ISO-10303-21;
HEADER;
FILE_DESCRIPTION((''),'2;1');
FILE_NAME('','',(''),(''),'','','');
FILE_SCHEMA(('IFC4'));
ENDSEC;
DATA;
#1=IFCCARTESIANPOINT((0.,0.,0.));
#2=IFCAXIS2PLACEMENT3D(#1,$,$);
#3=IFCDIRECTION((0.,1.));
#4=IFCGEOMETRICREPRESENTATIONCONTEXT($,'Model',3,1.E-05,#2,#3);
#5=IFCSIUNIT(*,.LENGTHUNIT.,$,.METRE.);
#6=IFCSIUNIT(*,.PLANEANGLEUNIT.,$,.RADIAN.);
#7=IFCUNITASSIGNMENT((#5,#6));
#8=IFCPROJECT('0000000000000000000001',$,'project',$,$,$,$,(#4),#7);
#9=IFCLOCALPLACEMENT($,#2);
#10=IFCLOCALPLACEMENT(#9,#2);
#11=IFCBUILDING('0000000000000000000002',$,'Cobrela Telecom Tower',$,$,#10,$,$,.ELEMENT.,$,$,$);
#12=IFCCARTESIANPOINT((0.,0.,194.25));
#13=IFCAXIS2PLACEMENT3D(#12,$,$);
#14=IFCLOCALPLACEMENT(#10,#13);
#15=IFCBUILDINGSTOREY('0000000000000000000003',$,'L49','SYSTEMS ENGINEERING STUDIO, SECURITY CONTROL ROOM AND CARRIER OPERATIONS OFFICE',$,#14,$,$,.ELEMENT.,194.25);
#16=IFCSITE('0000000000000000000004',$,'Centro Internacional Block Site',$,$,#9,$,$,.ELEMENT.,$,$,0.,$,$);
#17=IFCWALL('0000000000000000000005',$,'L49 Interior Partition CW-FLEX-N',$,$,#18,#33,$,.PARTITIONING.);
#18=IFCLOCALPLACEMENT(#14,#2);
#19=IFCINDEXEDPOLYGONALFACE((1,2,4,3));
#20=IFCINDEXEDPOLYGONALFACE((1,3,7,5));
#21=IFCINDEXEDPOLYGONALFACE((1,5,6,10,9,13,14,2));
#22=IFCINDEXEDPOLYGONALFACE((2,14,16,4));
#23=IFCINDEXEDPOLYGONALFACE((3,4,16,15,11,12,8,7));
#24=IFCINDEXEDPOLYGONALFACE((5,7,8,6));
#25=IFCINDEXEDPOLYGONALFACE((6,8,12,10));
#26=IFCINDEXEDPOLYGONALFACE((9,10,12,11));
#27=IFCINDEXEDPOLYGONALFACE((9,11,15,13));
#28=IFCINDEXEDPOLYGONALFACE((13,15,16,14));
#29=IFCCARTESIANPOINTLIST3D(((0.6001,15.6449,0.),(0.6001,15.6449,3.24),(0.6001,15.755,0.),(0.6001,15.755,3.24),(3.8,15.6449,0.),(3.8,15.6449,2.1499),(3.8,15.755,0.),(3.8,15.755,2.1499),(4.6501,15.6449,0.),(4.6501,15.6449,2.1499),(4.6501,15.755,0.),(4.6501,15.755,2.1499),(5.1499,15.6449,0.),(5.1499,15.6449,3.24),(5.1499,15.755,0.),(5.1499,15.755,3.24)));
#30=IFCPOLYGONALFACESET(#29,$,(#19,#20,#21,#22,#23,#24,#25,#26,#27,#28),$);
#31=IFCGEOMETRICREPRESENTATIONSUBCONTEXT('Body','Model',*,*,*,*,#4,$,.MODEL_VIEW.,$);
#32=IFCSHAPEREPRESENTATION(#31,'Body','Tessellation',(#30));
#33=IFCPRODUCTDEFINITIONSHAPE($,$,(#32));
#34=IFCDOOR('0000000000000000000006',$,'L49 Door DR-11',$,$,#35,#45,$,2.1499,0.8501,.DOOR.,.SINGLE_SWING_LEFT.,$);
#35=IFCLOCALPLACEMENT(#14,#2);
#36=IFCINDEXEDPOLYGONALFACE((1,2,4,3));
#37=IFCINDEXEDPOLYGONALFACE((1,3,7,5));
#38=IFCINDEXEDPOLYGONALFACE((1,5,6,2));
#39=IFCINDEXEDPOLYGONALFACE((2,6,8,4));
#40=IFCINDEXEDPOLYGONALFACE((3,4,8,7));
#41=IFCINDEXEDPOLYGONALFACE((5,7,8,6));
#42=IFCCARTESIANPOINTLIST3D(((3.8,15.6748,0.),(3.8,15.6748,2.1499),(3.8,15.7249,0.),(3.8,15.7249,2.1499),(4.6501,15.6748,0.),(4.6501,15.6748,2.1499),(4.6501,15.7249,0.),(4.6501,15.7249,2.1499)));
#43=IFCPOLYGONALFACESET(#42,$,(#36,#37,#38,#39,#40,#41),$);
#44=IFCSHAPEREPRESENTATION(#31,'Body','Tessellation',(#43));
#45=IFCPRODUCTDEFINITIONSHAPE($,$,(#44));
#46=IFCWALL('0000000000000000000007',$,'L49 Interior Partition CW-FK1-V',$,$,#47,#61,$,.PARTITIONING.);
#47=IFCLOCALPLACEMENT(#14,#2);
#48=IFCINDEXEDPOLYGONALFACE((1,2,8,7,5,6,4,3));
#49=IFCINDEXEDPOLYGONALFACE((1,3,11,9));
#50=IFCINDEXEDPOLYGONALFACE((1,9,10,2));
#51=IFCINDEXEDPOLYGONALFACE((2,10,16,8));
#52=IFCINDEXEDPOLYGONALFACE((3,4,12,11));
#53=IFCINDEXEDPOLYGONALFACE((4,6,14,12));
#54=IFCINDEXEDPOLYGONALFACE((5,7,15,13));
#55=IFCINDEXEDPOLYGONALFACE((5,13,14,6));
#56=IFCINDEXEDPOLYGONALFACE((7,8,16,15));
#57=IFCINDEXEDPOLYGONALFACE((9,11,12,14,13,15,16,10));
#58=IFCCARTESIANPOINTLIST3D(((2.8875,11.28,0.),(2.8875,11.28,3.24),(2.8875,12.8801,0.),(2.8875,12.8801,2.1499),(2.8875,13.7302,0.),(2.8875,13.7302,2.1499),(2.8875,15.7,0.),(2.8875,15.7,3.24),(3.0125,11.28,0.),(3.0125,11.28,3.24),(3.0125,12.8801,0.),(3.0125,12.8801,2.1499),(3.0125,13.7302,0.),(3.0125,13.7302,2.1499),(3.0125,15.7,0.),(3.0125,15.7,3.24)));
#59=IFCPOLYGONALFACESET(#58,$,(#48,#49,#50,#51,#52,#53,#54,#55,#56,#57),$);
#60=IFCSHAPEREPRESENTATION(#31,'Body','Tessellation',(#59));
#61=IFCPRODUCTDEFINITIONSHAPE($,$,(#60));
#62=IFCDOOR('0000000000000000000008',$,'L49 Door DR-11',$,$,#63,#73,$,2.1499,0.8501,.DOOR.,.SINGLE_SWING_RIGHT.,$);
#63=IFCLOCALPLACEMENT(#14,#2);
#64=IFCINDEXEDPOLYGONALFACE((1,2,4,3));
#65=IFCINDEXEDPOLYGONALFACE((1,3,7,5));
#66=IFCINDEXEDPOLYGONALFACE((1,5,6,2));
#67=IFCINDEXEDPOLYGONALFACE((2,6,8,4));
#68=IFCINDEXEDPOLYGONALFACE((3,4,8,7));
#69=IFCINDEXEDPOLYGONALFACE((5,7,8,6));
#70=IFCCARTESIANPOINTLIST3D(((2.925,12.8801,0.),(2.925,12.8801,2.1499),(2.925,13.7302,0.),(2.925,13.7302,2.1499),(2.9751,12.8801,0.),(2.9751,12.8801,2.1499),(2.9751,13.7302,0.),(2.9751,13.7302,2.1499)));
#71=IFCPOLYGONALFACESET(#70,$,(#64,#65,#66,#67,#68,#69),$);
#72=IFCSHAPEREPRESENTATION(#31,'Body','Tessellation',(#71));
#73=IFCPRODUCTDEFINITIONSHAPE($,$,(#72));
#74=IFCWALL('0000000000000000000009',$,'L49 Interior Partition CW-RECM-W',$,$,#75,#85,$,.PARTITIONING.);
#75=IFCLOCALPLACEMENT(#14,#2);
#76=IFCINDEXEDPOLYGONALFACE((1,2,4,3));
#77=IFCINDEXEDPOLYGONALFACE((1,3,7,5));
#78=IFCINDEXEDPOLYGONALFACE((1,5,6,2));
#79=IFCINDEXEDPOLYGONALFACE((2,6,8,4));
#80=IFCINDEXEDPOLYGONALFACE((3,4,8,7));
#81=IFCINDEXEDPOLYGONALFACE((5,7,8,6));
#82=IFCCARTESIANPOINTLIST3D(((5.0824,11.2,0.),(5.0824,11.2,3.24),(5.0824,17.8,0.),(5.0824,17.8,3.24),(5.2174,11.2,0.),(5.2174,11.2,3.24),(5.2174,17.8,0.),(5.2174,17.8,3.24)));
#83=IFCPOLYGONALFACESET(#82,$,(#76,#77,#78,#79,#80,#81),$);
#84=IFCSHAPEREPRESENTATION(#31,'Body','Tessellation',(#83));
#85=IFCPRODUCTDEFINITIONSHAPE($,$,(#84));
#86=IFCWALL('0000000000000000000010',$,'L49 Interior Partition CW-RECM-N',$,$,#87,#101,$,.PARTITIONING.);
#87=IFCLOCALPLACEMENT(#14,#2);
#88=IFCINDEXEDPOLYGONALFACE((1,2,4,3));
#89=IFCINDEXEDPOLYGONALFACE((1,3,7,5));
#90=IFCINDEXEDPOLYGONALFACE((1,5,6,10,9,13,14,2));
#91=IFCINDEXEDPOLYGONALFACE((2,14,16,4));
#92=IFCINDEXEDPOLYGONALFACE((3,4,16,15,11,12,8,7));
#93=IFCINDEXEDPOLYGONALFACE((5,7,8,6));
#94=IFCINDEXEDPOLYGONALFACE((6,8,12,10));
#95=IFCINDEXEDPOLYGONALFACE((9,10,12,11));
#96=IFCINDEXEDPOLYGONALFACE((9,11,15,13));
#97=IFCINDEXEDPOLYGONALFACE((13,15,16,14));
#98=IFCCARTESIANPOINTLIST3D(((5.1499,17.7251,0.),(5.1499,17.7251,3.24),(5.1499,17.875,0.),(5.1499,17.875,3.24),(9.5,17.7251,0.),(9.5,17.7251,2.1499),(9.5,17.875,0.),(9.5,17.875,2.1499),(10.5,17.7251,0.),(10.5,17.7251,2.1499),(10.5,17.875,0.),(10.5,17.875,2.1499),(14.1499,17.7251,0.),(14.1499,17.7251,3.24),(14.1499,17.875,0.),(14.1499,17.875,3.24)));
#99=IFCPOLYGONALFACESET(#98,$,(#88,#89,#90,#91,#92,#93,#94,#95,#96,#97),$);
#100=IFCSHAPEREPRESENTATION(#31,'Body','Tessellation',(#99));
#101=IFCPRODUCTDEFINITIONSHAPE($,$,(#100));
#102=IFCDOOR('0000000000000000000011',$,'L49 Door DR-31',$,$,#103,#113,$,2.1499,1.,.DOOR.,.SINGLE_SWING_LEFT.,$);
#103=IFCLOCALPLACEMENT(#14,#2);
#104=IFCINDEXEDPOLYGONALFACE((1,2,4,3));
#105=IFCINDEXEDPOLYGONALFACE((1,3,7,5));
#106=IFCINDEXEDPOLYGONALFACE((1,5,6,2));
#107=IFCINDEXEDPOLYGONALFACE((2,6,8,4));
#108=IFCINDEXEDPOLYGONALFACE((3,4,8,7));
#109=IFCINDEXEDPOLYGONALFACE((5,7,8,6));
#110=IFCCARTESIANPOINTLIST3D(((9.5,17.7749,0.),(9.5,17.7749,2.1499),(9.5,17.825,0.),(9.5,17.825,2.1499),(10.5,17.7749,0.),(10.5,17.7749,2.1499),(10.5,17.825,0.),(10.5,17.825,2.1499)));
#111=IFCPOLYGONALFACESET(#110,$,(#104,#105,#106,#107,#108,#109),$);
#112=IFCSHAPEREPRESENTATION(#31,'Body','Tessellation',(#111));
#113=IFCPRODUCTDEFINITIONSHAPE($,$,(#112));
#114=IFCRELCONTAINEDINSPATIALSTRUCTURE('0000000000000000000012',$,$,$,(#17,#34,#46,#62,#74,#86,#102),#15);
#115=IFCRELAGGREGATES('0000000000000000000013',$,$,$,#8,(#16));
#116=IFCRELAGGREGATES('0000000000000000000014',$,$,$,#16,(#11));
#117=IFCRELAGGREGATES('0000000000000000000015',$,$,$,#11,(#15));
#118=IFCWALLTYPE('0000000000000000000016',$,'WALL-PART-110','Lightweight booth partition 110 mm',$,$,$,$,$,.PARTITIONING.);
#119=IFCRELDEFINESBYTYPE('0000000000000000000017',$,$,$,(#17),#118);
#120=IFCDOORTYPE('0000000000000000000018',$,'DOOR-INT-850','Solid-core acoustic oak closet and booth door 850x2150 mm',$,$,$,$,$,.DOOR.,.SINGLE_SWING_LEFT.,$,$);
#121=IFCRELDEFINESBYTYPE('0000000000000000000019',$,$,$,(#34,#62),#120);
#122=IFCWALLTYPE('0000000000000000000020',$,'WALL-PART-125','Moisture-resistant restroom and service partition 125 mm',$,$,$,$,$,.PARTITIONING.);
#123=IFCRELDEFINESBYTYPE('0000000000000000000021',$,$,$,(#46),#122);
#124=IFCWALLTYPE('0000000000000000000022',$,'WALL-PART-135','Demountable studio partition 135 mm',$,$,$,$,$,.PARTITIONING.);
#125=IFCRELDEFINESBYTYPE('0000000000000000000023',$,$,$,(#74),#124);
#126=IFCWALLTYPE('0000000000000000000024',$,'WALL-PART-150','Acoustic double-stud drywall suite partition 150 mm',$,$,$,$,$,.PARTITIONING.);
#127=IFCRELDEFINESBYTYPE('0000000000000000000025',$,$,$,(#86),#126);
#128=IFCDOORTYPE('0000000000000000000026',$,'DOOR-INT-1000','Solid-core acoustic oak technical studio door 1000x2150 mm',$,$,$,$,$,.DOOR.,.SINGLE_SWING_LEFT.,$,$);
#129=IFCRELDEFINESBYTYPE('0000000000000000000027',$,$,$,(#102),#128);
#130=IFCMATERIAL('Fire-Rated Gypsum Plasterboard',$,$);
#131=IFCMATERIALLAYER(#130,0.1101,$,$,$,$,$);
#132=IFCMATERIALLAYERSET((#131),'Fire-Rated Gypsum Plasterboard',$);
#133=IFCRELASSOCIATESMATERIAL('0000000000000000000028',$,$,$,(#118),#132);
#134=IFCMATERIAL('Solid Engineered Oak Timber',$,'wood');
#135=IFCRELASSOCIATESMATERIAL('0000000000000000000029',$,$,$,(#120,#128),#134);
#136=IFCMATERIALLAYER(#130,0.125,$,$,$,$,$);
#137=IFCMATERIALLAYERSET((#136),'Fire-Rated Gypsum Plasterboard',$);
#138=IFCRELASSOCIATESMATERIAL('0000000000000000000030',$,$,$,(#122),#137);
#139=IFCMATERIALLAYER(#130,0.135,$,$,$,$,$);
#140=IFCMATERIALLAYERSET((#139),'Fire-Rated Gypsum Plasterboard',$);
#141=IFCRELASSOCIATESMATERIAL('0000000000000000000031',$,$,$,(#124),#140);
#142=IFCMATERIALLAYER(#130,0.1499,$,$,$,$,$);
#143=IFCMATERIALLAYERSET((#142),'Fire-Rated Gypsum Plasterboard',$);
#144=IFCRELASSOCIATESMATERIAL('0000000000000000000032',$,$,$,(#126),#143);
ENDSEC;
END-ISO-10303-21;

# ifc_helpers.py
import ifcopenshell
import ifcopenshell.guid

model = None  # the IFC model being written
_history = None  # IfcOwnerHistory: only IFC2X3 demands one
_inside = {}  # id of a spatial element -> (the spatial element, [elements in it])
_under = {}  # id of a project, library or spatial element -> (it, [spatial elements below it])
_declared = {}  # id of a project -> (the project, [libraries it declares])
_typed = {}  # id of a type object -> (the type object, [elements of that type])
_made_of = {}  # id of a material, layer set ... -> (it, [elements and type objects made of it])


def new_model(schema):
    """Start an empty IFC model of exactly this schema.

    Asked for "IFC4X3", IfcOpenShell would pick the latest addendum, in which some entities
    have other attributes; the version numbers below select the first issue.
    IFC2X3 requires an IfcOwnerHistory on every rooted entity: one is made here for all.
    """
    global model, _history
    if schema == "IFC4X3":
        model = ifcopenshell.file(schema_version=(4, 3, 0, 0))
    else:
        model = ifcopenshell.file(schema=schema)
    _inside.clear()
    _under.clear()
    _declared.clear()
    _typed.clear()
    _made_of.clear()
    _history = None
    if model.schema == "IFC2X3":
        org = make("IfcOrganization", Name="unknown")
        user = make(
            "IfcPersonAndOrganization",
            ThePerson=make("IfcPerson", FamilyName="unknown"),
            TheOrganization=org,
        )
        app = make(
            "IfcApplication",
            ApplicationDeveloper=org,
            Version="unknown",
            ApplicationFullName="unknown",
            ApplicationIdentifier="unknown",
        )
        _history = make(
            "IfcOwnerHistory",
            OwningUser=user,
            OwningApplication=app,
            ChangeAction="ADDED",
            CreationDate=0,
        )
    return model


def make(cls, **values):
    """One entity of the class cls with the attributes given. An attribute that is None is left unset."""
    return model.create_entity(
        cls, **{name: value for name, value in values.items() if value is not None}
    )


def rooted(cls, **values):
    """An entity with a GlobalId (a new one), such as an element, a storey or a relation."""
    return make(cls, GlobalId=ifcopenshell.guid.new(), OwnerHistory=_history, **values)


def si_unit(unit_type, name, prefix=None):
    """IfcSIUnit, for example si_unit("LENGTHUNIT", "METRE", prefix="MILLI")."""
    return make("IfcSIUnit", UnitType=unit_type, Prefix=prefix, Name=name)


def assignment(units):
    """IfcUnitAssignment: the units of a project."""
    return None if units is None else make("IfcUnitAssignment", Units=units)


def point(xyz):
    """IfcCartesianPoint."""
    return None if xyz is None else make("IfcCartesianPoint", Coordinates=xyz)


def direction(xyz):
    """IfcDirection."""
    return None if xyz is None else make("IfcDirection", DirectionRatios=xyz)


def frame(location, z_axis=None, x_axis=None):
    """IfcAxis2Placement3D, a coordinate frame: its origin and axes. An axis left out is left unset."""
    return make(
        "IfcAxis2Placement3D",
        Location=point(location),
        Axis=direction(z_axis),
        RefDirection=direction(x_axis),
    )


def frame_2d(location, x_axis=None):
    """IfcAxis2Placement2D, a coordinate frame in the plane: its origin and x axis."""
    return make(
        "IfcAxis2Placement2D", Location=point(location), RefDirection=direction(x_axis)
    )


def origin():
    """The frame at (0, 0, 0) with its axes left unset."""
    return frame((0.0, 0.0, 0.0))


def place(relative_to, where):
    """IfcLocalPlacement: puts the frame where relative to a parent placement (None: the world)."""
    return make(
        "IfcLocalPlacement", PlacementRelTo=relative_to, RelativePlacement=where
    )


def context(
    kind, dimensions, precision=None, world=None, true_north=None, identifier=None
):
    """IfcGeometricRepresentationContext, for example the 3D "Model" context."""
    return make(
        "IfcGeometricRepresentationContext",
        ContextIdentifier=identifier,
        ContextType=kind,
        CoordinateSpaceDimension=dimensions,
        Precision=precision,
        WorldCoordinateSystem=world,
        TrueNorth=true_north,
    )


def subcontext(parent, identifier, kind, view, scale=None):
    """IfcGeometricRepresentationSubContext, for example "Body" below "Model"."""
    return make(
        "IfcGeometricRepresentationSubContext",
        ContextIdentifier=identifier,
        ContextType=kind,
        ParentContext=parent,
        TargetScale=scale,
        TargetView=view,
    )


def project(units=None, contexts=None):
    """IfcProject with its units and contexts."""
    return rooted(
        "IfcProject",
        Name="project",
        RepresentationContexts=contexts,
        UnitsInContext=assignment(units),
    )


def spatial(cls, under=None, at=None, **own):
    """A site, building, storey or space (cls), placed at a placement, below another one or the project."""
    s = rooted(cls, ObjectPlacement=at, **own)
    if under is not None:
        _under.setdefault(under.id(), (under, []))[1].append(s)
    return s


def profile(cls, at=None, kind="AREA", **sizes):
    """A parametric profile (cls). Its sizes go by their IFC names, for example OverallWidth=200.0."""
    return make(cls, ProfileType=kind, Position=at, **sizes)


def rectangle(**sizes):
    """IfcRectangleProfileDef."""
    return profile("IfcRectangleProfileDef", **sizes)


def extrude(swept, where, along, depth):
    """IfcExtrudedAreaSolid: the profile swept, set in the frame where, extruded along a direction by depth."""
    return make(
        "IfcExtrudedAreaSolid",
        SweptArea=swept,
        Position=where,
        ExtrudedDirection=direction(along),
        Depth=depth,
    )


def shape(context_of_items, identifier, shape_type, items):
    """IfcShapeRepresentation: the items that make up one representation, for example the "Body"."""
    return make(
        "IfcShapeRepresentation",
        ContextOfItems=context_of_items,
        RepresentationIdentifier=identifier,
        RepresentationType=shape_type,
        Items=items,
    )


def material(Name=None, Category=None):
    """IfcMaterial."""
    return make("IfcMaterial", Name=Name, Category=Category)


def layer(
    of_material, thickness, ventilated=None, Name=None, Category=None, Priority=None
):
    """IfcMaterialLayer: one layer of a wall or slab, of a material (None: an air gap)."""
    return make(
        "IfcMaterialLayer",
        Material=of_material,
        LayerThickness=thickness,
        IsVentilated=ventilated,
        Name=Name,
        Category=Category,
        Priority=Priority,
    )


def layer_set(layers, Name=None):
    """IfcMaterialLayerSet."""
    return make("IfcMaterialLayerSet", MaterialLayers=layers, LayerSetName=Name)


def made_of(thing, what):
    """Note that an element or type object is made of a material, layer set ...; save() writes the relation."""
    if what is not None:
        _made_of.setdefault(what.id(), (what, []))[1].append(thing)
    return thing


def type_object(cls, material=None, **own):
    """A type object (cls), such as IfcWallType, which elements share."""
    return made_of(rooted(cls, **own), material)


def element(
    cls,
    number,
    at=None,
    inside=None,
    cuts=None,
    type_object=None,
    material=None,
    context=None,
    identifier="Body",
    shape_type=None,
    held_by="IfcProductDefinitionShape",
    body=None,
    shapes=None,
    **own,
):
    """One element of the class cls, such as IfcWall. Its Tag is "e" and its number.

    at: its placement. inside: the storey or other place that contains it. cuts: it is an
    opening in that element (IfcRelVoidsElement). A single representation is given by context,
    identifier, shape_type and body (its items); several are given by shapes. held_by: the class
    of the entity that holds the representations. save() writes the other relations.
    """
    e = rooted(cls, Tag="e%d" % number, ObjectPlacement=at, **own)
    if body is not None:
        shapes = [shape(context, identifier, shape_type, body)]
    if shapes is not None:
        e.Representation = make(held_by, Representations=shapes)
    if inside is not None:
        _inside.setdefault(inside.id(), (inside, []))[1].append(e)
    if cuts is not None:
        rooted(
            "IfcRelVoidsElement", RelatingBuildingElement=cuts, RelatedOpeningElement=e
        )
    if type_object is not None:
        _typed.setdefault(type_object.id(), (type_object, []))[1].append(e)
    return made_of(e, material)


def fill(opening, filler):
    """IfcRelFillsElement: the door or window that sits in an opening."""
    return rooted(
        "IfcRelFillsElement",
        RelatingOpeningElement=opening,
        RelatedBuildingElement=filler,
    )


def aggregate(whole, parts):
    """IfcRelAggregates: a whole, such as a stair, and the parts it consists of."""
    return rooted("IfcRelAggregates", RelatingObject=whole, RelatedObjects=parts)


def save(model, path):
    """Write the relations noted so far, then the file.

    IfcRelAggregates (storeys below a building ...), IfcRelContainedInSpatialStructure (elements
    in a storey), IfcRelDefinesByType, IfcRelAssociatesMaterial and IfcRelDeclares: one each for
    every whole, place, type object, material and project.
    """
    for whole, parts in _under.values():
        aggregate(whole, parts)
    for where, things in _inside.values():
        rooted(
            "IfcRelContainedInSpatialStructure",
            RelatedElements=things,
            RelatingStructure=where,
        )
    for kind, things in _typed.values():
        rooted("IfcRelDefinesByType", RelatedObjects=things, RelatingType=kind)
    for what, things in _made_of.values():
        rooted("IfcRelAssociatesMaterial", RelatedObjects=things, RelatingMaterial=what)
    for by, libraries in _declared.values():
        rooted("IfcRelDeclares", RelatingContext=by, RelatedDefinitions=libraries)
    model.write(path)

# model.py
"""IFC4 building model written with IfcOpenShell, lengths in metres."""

from ifc_helpers import new_model, si_unit, direction, frame, frame_2d, origin, place, context, subcontext, project, spatial, rectangle, extrude, material, layer, layer_set, type_object, element, fill, save


model = new_model("IFC4")

# Units and contexts
model_context = context("Model", 3, precision=1e-05, world=origin(), true_north=direction((0.0, 1.0)))
body_context = subcontext(model_context, "Body", "Model", "MODEL_VIEW")
ifc_project = project(units=[si_unit("LENGTHUNIT", "METRE"), si_unit("PLANEANGLEUNIT", "RADIAN")], contexts=[model_context])

# Site, building, storey
site_placement = place(None, origin())
site = spatial("IfcSite", under=ifc_project, at=site_placement, Name="Centro Internacional Block Site", CompositionType="ELEMENT", RefElevation=0.0)
building_placement = place(site_placement, origin())
building = spatial("IfcBuilding", under=site, at=building_placement, Name="Cobrela Telecom Tower", CompositionType="ELEMENT")
storey_placement = place(building_placement, frame((0.0, 0.0, 194.25)))
storey = spatial("IfcBuildingStorey", under=building, at=storey_placement, Name="L49", Description="SYSTEMS ENGINEERING STUDIO, SECURITY CONTROL ROOM AND CARRIER OPERATIONS OFFICE", CompositionType="ELEMENT", Elevation=194.25)

# Walls, openings, doors
ifc_material_1 = material(Name="Fire-Rated Gypsum Plasterboard")
ifc_layer_1 = layer(ifc_material_1, 0.1101)
ifc_layer_set_1 = layer_set([ifc_layer_1], Name="Fire-Rated Gypsum Plasterboard")
wall_type_1 = type_object("IfcWallType", Name="WALL-PART-110", Description="Lightweight booth partition 110 mm", PredefinedType="PARTITIONING", material=ifc_layer_set_1)
wall_1_placement = place(storey_placement, frame((0.6001, 15.7, 0.0), z_axis=(0.0, 0.0, 1.0), x_axis=(1.0, 0.0, 0.0)))
wall_1 = element("IfcWall", 1, at=wall_1_placement, inside=storey, type_object=wall_type_1, Name="L49 Interior Partition CW-FLEX-N", PredefinedType="PARTITIONING", context=body_context, shape_type="SweptSolid", body=[
    extrude(rectangle(XDim=4.5498, YDim=0.1101, at=frame_2d((2.2749, 0.0))), origin(), (0.0, 0.0, 1.0), 3.24),
])
opening_1_placement = place(wall_1_placement, frame((3.2, 0.0, 0.0)))
opening_1 = element("IfcOpeningElement", 2, at=opening_1_placement, cuts=wall_1, PredefinedType="OPENING", context=body_context, shape_type="SweptSolid", body=[
    extrude(rectangle(XDim=0.8501, YDim=2.1499, at=frame_2d((0.425, 1.075))), frame((0.0, 0.0669, 0.0), z_axis=(0.0, -1.0, 0.0), x_axis=(1.0, 0.0, 0.0)), (0.0, 0.0, 1.0), 0.134),
])
ifc_material_2 = material(Name="Solid Engineered Oak Timber", Category="wood")
door_type_1 = type_object("IfcDoorType", Name="DOOR-INT-850", Description="Solid-core acoustic oak closet and booth door 850x2150 mm", OperationType="SINGLE_SWING_LEFT", PredefinedType="DOOR", material=ifc_material_2)
door_1_placement = place(opening_1_placement, origin())
door_1 = element("IfcDoor", 3, at=door_1_placement, inside=storey, type_object=door_type_1, Name="L49 Door DR-11", OperationType="SINGLE_SWING_LEFT", OverallHeight=2.1499, OverallWidth=0.8501, PredefinedType="DOOR", context=body_context, shape_type="SweptSolid", body=[
    extrude(rectangle(XDim=0.8501, YDim=2.1499, at=frame_2d((0.425, 1.075))), frame((0.0, 0.0249, 0.0), z_axis=(0.0, -1.0, 0.0), x_axis=(1.0, 0.0, 0.0)), (0.0, 0.0, 1.0), 0.05),
])
fill(opening_1, door_1)
ifc_layer_2 = layer(ifc_material_1, 0.125)
ifc_layer_set_2 = layer_set([ifc_layer_2], Name="Fire-Rated Gypsum Plasterboard")
wall_type_2 = type_object("IfcWallType", Name="WALL-PART-125", Description="Moisture-resistant restroom and service partition 125 mm", PredefinedType="PARTITIONING", material=ifc_layer_set_2)
wall_2_placement = place(storey_placement, frame((2.95, 11.28, 0.0), z_axis=(0.0, 0.0, 1.0), x_axis=(0.0, 1.0, 0.0)))
wall_2 = element("IfcWall", 4, at=wall_2_placement, inside=storey, type_object=wall_type_2, Name="L49 Interior Partition CW-FK1-V", PredefinedType="PARTITIONING", context=body_context, shape_type="SweptSolid", body=[
    extrude(rectangle(XDim=4.4199, YDim=0.125, at=frame_2d((2.21, 0.0))), origin(), (0.0, 0.0, 1.0), 3.24),
])
opening_2_placement = place(wall_2_placement, frame((1.6001, 0.0, 0.0)))
opening_2 = element("IfcOpeningElement", 5, at=opening_2_placement, cuts=wall_2, PredefinedType="OPENING", context=body_context, shape_type="SweptSolid", body=[
    extrude(rectangle(XDim=0.8501, YDim=2.1499, at=frame_2d((0.425, 1.075))), frame((0.0, 0.0745, 0.0), z_axis=(0.0, -1.0, 0.0), x_axis=(1.0, 0.0, 0.0)), (0.0, 0.0, 1.0), 0.1489),
])
door_2_placement = place(opening_2_placement, origin())
door_2 = element("IfcDoor", 6, at=door_2_placement, inside=storey, type_object=door_type_1, Name="L49 Door DR-11", OperationType="SINGLE_SWING_RIGHT", OverallHeight=2.1499, OverallWidth=0.8501, PredefinedType="DOOR", context=body_context, shape_type="SweptSolid", body=[
    extrude(rectangle(XDim=0.8501, YDim=2.1499, at=frame_2d((0.425, 1.075))), frame((0.0, 0.0249, 0.0), z_axis=(0.0, -1.0, 0.0), x_axis=(1.0, 0.0, 0.0)), (0.0, 0.0, 1.0), 0.05),
])
fill(opening_2, door_2)

# Wall
ifc_layer_3 = layer(ifc_material_1, 0.135)
ifc_layer_set_3 = layer_set([ifc_layer_3], Name="Fire-Rated Gypsum Plasterboard")
wall_type_3 = type_object("IfcWallType", Name="WALL-PART-135", Description="Demountable studio partition 135 mm", PredefinedType="PARTITIONING", material=ifc_layer_set_3)
wall_3_placement = place(storey_placement, frame((5.1499, 11.2, 0.0), z_axis=(0.0, 0.0, 1.0), x_axis=(0.0, 1.0, 0.0)))
element("IfcWall", 7, at=wall_3_placement, inside=storey, type_object=wall_type_3, Name="L49 Interior Partition CW-RECM-W", PredefinedType="PARTITIONING", context=body_context, shape_type="SweptSolid", body=[
    extrude(rectangle(XDim=6.6001, YDim=0.135, at=frame_2d((3.3, 0.0))), origin(), (0.0, 0.0, 1.0), 3.24),
])

# Wall, opening, door
ifc_layer_4 = layer(ifc_material_1, 0.1499)
ifc_layer_set_4 = layer_set([ifc_layer_4], Name="Fire-Rated Gypsum Plasterboard")
wall_type_4 = type_object("IfcWallType", Name="WALL-PART-150", Description="Acoustic double-stud drywall suite partition 150 mm", PredefinedType="PARTITIONING", material=ifc_layer_set_4)
wall_4_placement = place(storey_placement, frame((5.1499, 17.8, 0.0), z_axis=(0.0, 0.0, 1.0), x_axis=(1.0, 0.0, 0.0)))
wall_4 = element("IfcWall", 8, at=wall_4_placement, inside=storey, type_object=wall_type_4, Name="L49 Interior Partition CW-RECM-N", PredefinedType="PARTITIONING", context=body_context, shape_type="SweptSolid", body=[
    extrude(rectangle(XDim=9.0, YDim=0.1499, at=frame_2d((4.5, 0.0))), origin(), (0.0, 0.0, 1.0), 3.24),
])
opening_3_placement = place(wall_4_placement, frame((4.3501, 0.0, 0.0)))
opening_3 = element("IfcOpeningElement", 9, at=opening_3_placement, cuts=wall_4, PredefinedType="OPENING", context=body_context, shape_type="SweptSolid", body=[
    extrude(rectangle(XDim=1.0, YDim=2.1499, at=frame_2d((0.5, 1.075))), frame((0.0, 0.0869, 0.0), z_axis=(0.0, -1.0, 0.0), x_axis=(1.0, 0.0, 0.0)), (0.0, 0.0, 1.0), 0.1738),
])
door_type_2 = type_object("IfcDoorType", Name="DOOR-INT-1000", Description="Solid-core acoustic oak technical studio door 1000x2150 mm", OperationType="SINGLE_SWING_LEFT", PredefinedType="DOOR", material=ifc_material_2)
door_3_placement = place(opening_3_placement, origin())
door_3 = element("IfcDoor", 10, at=door_3_placement, inside=storey, type_object=door_type_2, Name="L49 Door DR-31", OperationType="SINGLE_SWING_LEFT", OverallHeight=2.1499, OverallWidth=1.0, PredefinedType="DOOR", context=body_context, shape_type="SweptSolid", body=[
    extrude(rectangle(XDim=1.0, YDim=2.1499, at=frame_2d((0.5, 1.075))), frame((0.0, 0.0249, 0.0), z_axis=(0.0, -1.0, 0.0), x_axis=(1.0, 0.0, 0.0)), (0.0, 0.0, 1.0), 0.05),
])
fill(opening_3, door_3)

save(model, "model.ifc")
